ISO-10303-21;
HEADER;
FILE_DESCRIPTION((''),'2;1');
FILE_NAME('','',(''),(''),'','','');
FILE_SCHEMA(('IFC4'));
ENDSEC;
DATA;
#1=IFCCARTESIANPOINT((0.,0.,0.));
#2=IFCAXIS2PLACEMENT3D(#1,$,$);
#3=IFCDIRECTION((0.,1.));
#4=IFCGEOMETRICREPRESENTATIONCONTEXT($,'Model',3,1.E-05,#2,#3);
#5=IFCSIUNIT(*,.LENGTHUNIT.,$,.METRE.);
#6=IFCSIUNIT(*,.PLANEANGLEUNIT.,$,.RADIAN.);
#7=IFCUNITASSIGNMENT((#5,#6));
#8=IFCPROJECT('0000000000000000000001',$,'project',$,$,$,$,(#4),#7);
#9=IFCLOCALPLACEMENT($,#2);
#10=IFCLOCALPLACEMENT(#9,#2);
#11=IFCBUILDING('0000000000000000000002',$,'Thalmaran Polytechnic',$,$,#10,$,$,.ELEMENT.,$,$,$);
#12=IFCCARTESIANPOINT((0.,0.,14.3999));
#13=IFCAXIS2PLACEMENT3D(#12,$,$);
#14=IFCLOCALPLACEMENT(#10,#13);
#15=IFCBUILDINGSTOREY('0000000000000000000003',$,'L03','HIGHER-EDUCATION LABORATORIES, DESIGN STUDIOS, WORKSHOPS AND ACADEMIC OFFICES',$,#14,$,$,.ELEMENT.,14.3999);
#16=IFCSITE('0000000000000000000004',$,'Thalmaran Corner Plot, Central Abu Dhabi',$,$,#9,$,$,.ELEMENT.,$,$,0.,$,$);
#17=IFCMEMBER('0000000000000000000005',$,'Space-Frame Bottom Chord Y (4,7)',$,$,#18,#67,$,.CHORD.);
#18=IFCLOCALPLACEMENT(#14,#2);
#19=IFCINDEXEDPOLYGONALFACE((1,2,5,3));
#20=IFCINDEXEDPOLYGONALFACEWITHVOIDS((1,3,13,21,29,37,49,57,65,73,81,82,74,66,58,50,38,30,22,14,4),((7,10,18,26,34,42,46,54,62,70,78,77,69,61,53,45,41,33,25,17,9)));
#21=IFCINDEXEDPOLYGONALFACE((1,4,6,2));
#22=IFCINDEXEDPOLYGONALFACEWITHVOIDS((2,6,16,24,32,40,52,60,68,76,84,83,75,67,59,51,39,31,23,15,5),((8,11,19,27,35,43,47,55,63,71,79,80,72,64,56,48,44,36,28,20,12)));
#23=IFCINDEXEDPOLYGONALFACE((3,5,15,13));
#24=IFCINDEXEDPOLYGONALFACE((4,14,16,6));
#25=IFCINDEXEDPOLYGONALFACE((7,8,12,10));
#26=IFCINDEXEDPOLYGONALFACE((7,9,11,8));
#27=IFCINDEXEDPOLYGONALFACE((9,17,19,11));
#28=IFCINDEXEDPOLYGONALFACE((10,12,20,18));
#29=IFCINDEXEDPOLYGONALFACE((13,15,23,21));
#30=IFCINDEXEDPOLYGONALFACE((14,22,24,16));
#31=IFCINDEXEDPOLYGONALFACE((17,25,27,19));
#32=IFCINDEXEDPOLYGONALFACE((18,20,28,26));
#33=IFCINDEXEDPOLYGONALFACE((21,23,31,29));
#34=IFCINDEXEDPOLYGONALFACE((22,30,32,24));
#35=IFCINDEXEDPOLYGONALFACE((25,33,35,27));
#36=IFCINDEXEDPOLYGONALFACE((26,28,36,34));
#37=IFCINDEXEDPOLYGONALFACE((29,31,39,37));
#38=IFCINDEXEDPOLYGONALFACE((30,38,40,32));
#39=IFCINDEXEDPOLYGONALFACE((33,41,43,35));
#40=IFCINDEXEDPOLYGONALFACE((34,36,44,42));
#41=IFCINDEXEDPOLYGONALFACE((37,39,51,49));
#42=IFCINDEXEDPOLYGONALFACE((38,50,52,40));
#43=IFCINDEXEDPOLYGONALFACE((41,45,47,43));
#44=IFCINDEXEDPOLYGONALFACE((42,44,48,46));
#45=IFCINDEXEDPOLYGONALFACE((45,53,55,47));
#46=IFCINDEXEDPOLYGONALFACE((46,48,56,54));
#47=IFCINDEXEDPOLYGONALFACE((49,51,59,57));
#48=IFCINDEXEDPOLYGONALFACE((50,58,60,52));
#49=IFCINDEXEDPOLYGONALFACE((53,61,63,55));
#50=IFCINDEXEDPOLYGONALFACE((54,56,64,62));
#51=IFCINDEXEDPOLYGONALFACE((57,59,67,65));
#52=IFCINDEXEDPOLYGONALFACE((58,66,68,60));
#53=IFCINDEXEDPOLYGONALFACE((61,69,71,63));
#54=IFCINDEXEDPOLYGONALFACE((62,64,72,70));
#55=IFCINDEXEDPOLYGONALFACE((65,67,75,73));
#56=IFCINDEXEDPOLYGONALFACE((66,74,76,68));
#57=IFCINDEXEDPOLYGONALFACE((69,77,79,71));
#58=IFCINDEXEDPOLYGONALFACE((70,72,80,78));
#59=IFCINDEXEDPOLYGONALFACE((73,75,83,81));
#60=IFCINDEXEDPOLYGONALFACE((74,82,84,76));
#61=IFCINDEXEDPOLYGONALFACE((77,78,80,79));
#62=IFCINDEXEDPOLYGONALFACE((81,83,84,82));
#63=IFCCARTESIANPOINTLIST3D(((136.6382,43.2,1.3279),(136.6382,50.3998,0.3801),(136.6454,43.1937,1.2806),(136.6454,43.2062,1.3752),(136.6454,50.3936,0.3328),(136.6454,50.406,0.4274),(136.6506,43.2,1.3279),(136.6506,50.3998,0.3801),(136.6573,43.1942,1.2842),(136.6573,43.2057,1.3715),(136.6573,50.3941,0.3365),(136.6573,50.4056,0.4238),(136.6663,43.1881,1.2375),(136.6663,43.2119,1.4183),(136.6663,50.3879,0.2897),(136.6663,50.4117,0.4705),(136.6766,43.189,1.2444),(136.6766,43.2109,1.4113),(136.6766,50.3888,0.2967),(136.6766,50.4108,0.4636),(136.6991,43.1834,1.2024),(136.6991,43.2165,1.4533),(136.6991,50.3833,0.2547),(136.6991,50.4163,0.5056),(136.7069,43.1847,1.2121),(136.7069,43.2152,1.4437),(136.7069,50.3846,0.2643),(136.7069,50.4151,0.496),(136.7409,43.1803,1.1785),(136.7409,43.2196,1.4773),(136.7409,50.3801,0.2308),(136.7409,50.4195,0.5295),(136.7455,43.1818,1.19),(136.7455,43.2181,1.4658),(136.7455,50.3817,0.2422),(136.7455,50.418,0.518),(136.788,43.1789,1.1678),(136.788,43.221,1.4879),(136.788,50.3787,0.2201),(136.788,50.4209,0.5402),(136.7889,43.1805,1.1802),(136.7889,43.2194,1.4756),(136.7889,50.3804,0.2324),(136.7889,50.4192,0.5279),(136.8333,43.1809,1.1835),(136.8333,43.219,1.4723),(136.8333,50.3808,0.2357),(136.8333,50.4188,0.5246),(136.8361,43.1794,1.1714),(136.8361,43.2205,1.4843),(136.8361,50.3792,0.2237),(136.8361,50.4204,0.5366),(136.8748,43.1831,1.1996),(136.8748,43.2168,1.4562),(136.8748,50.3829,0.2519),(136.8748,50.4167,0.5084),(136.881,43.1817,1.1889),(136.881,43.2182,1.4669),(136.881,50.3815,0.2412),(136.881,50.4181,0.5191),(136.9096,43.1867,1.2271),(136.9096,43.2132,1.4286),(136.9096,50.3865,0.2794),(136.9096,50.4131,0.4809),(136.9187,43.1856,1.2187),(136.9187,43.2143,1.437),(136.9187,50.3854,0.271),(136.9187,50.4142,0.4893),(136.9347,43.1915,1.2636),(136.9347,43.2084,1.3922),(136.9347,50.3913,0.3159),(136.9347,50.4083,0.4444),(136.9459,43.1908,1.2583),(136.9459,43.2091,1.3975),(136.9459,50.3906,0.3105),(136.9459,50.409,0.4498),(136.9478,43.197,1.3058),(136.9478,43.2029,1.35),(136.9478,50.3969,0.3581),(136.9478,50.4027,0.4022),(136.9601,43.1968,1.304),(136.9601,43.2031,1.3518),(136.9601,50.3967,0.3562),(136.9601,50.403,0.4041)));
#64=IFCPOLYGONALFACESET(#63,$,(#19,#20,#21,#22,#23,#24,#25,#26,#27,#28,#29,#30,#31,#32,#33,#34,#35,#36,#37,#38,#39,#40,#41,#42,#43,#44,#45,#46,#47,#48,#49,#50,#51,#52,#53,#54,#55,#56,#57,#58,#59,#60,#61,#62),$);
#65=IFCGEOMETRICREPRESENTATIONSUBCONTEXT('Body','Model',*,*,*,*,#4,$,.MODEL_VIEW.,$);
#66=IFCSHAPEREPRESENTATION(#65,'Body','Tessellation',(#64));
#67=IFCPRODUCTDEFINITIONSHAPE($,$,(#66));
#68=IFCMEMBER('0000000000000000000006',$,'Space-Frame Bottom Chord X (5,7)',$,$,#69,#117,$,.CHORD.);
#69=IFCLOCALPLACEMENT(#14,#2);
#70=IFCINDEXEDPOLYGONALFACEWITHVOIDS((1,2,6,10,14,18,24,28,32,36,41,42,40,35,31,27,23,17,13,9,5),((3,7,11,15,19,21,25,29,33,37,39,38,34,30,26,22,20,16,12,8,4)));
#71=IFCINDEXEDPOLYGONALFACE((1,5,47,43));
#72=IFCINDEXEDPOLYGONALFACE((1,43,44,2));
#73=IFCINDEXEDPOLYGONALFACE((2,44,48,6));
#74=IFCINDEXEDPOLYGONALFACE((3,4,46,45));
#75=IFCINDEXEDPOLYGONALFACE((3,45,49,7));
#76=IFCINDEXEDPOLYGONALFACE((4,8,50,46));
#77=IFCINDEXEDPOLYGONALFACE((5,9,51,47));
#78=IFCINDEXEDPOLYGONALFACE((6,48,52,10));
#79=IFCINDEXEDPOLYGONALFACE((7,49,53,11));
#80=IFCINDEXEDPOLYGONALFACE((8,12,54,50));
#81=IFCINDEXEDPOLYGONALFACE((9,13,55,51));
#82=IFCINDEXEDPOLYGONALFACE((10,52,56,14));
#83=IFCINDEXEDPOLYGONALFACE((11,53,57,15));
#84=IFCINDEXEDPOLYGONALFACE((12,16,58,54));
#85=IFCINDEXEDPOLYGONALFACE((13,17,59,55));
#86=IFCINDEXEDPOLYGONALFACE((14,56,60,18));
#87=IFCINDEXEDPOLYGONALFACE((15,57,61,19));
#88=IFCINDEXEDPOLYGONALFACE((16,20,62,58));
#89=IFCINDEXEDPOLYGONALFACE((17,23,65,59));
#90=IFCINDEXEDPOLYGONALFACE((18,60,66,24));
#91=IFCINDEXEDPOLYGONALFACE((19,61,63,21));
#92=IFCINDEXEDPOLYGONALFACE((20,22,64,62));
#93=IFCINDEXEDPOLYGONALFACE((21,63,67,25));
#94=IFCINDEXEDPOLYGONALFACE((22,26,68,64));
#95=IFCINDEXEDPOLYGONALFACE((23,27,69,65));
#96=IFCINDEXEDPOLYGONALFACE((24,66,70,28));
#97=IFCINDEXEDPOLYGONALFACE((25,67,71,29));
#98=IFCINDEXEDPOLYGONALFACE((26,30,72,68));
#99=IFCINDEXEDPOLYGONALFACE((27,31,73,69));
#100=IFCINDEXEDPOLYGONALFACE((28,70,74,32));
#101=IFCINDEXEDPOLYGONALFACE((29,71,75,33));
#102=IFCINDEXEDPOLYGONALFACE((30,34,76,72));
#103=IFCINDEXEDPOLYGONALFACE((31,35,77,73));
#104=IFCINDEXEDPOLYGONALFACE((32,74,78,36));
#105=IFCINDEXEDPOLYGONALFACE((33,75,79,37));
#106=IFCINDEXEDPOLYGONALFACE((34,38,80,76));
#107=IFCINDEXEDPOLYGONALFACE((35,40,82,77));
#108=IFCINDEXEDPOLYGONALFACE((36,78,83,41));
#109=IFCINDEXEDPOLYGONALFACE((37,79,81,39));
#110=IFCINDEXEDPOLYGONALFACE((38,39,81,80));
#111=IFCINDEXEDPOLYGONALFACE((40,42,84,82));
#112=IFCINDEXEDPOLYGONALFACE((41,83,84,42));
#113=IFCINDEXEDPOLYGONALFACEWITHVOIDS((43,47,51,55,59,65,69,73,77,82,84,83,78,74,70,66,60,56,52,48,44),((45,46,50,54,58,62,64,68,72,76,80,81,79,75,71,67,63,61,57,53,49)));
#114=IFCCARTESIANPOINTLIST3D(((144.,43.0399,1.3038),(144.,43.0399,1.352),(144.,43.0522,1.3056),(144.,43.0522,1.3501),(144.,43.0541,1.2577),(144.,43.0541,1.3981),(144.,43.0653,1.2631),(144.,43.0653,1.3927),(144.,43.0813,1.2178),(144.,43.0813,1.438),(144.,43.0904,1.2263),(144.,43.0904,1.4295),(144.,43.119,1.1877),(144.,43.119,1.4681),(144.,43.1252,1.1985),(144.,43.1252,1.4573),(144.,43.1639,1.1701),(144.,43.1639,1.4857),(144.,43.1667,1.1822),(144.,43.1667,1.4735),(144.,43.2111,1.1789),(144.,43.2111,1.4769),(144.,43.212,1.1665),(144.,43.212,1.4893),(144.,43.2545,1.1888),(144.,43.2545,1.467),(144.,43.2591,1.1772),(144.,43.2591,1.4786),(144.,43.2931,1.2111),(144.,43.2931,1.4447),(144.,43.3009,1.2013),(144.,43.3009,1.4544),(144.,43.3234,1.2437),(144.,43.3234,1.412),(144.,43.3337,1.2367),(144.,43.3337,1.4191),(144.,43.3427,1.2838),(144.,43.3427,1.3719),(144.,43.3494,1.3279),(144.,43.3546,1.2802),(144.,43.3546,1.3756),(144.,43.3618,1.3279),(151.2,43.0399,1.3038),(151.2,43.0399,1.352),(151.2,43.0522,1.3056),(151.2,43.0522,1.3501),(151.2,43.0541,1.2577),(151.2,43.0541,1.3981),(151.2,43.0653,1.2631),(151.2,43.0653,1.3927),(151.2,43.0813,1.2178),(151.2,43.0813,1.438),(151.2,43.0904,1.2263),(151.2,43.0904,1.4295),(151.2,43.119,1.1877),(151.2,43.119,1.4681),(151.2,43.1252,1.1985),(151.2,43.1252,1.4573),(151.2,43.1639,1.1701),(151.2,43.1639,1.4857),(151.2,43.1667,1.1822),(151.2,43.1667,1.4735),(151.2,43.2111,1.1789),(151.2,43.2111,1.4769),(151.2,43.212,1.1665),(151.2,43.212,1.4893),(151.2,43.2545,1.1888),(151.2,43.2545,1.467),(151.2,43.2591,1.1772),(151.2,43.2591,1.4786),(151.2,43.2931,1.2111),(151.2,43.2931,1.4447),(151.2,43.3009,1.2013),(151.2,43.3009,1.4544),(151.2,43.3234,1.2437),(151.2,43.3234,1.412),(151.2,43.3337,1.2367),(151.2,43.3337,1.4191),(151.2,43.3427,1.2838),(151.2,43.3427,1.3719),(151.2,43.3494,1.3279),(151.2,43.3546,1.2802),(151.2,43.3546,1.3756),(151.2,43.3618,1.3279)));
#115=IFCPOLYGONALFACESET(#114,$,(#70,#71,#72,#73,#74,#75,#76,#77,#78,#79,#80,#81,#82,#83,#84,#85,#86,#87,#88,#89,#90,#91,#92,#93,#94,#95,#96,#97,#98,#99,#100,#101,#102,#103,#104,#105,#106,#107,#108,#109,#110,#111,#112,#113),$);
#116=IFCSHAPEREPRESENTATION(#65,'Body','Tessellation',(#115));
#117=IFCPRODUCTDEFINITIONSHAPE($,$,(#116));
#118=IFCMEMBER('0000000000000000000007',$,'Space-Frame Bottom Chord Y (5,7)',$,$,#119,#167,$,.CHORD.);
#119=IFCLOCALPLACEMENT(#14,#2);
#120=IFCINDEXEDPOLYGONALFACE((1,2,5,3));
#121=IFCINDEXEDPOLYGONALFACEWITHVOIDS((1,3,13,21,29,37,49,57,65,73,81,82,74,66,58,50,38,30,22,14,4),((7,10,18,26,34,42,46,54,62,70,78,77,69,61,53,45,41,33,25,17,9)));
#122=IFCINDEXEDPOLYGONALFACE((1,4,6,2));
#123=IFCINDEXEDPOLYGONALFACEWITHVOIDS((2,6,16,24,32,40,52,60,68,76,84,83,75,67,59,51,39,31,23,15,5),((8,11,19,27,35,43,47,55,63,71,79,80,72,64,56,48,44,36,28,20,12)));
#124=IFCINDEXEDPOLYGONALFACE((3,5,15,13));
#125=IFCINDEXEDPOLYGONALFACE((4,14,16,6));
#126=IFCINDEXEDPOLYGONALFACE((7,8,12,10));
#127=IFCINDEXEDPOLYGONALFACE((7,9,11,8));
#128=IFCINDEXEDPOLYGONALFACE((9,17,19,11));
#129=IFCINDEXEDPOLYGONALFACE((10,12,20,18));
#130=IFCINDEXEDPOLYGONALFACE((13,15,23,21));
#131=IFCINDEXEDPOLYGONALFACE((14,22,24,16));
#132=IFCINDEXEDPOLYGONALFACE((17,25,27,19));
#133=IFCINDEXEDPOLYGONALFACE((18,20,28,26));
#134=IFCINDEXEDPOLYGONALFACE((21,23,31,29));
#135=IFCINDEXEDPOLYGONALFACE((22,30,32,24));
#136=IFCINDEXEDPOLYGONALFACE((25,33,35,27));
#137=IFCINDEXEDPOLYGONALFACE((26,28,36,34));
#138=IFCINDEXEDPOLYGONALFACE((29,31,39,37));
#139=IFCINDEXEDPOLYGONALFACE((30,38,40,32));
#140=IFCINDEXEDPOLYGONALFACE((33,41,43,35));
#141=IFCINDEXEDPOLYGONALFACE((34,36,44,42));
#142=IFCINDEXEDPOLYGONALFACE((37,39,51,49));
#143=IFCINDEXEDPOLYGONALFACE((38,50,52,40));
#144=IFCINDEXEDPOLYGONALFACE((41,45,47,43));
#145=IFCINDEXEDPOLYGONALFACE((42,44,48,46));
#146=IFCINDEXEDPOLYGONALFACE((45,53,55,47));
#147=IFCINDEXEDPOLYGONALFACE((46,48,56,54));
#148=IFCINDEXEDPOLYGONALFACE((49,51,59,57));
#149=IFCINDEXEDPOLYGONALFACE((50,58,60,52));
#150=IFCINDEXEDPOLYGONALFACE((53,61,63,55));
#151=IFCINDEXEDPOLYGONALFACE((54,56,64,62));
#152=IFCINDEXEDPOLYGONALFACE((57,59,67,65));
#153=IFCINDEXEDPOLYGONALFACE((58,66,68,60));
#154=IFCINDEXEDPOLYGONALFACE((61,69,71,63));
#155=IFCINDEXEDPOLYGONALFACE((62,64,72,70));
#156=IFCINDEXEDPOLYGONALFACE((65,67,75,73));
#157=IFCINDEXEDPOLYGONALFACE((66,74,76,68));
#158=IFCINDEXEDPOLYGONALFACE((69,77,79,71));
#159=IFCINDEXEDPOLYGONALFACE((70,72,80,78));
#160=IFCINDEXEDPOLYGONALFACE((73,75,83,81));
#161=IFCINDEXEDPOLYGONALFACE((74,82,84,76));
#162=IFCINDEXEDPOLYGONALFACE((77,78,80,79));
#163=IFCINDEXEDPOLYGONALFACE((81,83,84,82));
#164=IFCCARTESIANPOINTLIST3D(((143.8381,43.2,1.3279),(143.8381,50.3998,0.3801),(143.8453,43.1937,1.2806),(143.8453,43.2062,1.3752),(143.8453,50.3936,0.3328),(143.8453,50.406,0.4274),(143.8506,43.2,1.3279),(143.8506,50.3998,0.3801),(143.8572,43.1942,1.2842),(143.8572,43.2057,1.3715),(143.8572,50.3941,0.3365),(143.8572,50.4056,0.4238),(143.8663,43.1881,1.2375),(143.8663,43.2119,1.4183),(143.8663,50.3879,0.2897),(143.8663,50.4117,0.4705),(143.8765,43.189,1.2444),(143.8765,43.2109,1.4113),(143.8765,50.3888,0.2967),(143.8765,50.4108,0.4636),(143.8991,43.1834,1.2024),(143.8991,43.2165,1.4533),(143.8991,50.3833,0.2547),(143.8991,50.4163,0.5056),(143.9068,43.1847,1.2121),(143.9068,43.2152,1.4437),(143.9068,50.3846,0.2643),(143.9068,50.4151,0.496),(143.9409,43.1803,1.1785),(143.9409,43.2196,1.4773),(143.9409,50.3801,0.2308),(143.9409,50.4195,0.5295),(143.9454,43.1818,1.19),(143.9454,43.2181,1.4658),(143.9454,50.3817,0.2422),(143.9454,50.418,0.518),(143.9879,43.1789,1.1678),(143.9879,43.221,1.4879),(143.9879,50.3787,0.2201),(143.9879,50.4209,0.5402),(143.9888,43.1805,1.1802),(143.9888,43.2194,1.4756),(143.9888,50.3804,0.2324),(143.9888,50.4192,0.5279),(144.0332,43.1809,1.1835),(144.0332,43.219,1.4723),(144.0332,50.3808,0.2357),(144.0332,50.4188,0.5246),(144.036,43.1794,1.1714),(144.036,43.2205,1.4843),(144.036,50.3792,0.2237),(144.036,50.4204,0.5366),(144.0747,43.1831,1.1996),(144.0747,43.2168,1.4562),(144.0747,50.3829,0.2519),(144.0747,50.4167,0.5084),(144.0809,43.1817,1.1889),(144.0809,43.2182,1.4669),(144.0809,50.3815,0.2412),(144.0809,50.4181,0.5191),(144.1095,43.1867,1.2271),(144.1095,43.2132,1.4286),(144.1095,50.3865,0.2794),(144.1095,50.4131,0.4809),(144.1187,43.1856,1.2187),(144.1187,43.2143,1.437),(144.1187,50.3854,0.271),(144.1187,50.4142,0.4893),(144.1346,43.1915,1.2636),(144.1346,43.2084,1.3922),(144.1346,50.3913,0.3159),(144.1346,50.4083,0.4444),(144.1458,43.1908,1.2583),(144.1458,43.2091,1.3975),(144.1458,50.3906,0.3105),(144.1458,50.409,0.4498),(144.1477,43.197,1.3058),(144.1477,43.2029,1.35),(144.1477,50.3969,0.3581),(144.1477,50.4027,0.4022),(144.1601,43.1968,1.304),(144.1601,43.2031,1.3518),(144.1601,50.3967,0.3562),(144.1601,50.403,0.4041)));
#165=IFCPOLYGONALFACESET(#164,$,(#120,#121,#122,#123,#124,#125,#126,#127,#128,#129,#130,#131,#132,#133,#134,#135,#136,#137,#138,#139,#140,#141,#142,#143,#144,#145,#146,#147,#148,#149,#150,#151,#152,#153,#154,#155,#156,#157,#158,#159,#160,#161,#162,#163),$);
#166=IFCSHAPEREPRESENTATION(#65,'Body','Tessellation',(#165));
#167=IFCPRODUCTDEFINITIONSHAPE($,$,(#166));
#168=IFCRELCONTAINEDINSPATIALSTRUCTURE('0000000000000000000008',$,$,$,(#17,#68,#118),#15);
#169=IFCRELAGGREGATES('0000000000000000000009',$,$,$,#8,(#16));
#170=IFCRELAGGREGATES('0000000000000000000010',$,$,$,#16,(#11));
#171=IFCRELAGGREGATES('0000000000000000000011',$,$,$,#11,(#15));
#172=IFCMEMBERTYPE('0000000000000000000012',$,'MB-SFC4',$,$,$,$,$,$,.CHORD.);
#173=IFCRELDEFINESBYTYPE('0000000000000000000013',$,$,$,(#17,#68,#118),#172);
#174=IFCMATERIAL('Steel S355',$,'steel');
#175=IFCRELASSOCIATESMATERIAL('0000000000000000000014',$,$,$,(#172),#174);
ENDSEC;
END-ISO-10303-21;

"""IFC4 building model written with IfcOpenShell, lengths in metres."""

from ifc_helpers import new_model, si_unit, direction, frame, origin, origin_2d, place, context, subcontext, project, spatial, hollow_circle, extrude, material, material_profile, profile_set, type_object, element, save


model = new_model("IFC4")

# Units and contexts
model_context = context("Model", 3, precision=1e-05, world=origin(), true_north=direction((0.0, 1.0)))
body_context = subcontext(model_context, "Body", "Model", "MODEL_VIEW")
ifc_project = project(units=[si_unit("LENGTHUNIT", "METRE"), si_unit("PLANEANGLEUNIT", "RADIAN")], contexts=[model_context])

# Site, building, storey
site_placement = place(None, origin())
site = spatial("IfcSite", under=ifc_project, at=site_placement, Name="Thalmaran Corner Plot, Central Abu Dhabi", CompositionType="ELEMENT", RefElevation=0.0)
building_placement = place(site_placement, origin())
building = spatial("IfcBuilding", under=site, at=building_placement, Name="Thalmaran Polytechnic", CompositionType="ELEMENT")
storey_placement = place(building_placement, frame((0.0, 0.0, 14.3999)))
storey = spatial("IfcBuildingStorey", under=building, at=storey_placement, Name="L03", Description="HIGHER-EDUCATION LABORATORIES, DESIGN STUDIOS, WORKSHOPS AND ACADEMIC OFFICES", CompositionType="ELEMENT", Elevation=14.3999)

# Members
ifc_material = material(Name="Steel S355", Category="steel")
ifc_material_profile_1 = material_profile(ifc_material, hollow_circle(Radius=0.1619, WallThickness=0.0125, at=origin_2d()), Name="CHS 323.9x12.5")
ifc_profile_set_1 = profile_set([ifc_material_profile_1], Name="Steel S355")
member_type_1 = type_object("IfcMemberType", Name="MB-SFC4", PredefinedType="CHORD", material=ifc_profile_set_1)
member_1_placement = place(storey_placement, frame((136.8, 43.2, 1.3279), z_axis=(0.0, 0.991447, -0.130508), x_axis=(-1.0, 0.0, 0.0)))
element("IfcMember", 1, at=member_1_placement, inside=storey, type_object=member_type_1, Name="Space-Frame Bottom Chord Y (4,7)", PredefinedType="CHORD", context=body_context, shape_type="SweptSolid", body=[
    extrude(hollow_circle(Radius=0.1619, WallThickness=0.0125, at=origin_2d()), origin(), (0.0, 0.0, 1.0), 7.262),
])
member_2_placement = place(storey_placement, frame((144.0, 43.2, 1.3279), z_axis=(1.0, 0.0, 0.0), x_axis=(0.0, 1.0, 0.0)))
element("IfcMember", 2, at=member_2_placement, inside=storey, type_object=member_type_1, Name="Space-Frame Bottom Chord X (5,7)", PredefinedType="CHORD", context=body_context, shape_type="SweptSolid", body=[
    extrude(hollow_circle(Radius=0.1619, WallThickness=0.0125, at=origin_2d()), origin(), (0.0, 0.0, 1.0), 7.2),
])
member_3_placement = place(storey_placement, frame((144.0, 43.2, 1.3279), z_axis=(0.0, 0.991447, -0.130508), x_axis=(-1.0, 0.0, 0.0)))
element("IfcMember", 3, at=member_3_placement, inside=storey, type_object=member_type_1, Name="Space-Frame Bottom Chord Y (5,7)", PredefinedType="CHORD", context=body_context, shape_type="SweptSolid", body=[
    extrude(hollow_circle(Radius=0.1619, WallThickness=0.0125, at=origin_2d()), origin(), (0.0, 0.0, 1.0), 7.262),
])

save(model, "model.ifc")
